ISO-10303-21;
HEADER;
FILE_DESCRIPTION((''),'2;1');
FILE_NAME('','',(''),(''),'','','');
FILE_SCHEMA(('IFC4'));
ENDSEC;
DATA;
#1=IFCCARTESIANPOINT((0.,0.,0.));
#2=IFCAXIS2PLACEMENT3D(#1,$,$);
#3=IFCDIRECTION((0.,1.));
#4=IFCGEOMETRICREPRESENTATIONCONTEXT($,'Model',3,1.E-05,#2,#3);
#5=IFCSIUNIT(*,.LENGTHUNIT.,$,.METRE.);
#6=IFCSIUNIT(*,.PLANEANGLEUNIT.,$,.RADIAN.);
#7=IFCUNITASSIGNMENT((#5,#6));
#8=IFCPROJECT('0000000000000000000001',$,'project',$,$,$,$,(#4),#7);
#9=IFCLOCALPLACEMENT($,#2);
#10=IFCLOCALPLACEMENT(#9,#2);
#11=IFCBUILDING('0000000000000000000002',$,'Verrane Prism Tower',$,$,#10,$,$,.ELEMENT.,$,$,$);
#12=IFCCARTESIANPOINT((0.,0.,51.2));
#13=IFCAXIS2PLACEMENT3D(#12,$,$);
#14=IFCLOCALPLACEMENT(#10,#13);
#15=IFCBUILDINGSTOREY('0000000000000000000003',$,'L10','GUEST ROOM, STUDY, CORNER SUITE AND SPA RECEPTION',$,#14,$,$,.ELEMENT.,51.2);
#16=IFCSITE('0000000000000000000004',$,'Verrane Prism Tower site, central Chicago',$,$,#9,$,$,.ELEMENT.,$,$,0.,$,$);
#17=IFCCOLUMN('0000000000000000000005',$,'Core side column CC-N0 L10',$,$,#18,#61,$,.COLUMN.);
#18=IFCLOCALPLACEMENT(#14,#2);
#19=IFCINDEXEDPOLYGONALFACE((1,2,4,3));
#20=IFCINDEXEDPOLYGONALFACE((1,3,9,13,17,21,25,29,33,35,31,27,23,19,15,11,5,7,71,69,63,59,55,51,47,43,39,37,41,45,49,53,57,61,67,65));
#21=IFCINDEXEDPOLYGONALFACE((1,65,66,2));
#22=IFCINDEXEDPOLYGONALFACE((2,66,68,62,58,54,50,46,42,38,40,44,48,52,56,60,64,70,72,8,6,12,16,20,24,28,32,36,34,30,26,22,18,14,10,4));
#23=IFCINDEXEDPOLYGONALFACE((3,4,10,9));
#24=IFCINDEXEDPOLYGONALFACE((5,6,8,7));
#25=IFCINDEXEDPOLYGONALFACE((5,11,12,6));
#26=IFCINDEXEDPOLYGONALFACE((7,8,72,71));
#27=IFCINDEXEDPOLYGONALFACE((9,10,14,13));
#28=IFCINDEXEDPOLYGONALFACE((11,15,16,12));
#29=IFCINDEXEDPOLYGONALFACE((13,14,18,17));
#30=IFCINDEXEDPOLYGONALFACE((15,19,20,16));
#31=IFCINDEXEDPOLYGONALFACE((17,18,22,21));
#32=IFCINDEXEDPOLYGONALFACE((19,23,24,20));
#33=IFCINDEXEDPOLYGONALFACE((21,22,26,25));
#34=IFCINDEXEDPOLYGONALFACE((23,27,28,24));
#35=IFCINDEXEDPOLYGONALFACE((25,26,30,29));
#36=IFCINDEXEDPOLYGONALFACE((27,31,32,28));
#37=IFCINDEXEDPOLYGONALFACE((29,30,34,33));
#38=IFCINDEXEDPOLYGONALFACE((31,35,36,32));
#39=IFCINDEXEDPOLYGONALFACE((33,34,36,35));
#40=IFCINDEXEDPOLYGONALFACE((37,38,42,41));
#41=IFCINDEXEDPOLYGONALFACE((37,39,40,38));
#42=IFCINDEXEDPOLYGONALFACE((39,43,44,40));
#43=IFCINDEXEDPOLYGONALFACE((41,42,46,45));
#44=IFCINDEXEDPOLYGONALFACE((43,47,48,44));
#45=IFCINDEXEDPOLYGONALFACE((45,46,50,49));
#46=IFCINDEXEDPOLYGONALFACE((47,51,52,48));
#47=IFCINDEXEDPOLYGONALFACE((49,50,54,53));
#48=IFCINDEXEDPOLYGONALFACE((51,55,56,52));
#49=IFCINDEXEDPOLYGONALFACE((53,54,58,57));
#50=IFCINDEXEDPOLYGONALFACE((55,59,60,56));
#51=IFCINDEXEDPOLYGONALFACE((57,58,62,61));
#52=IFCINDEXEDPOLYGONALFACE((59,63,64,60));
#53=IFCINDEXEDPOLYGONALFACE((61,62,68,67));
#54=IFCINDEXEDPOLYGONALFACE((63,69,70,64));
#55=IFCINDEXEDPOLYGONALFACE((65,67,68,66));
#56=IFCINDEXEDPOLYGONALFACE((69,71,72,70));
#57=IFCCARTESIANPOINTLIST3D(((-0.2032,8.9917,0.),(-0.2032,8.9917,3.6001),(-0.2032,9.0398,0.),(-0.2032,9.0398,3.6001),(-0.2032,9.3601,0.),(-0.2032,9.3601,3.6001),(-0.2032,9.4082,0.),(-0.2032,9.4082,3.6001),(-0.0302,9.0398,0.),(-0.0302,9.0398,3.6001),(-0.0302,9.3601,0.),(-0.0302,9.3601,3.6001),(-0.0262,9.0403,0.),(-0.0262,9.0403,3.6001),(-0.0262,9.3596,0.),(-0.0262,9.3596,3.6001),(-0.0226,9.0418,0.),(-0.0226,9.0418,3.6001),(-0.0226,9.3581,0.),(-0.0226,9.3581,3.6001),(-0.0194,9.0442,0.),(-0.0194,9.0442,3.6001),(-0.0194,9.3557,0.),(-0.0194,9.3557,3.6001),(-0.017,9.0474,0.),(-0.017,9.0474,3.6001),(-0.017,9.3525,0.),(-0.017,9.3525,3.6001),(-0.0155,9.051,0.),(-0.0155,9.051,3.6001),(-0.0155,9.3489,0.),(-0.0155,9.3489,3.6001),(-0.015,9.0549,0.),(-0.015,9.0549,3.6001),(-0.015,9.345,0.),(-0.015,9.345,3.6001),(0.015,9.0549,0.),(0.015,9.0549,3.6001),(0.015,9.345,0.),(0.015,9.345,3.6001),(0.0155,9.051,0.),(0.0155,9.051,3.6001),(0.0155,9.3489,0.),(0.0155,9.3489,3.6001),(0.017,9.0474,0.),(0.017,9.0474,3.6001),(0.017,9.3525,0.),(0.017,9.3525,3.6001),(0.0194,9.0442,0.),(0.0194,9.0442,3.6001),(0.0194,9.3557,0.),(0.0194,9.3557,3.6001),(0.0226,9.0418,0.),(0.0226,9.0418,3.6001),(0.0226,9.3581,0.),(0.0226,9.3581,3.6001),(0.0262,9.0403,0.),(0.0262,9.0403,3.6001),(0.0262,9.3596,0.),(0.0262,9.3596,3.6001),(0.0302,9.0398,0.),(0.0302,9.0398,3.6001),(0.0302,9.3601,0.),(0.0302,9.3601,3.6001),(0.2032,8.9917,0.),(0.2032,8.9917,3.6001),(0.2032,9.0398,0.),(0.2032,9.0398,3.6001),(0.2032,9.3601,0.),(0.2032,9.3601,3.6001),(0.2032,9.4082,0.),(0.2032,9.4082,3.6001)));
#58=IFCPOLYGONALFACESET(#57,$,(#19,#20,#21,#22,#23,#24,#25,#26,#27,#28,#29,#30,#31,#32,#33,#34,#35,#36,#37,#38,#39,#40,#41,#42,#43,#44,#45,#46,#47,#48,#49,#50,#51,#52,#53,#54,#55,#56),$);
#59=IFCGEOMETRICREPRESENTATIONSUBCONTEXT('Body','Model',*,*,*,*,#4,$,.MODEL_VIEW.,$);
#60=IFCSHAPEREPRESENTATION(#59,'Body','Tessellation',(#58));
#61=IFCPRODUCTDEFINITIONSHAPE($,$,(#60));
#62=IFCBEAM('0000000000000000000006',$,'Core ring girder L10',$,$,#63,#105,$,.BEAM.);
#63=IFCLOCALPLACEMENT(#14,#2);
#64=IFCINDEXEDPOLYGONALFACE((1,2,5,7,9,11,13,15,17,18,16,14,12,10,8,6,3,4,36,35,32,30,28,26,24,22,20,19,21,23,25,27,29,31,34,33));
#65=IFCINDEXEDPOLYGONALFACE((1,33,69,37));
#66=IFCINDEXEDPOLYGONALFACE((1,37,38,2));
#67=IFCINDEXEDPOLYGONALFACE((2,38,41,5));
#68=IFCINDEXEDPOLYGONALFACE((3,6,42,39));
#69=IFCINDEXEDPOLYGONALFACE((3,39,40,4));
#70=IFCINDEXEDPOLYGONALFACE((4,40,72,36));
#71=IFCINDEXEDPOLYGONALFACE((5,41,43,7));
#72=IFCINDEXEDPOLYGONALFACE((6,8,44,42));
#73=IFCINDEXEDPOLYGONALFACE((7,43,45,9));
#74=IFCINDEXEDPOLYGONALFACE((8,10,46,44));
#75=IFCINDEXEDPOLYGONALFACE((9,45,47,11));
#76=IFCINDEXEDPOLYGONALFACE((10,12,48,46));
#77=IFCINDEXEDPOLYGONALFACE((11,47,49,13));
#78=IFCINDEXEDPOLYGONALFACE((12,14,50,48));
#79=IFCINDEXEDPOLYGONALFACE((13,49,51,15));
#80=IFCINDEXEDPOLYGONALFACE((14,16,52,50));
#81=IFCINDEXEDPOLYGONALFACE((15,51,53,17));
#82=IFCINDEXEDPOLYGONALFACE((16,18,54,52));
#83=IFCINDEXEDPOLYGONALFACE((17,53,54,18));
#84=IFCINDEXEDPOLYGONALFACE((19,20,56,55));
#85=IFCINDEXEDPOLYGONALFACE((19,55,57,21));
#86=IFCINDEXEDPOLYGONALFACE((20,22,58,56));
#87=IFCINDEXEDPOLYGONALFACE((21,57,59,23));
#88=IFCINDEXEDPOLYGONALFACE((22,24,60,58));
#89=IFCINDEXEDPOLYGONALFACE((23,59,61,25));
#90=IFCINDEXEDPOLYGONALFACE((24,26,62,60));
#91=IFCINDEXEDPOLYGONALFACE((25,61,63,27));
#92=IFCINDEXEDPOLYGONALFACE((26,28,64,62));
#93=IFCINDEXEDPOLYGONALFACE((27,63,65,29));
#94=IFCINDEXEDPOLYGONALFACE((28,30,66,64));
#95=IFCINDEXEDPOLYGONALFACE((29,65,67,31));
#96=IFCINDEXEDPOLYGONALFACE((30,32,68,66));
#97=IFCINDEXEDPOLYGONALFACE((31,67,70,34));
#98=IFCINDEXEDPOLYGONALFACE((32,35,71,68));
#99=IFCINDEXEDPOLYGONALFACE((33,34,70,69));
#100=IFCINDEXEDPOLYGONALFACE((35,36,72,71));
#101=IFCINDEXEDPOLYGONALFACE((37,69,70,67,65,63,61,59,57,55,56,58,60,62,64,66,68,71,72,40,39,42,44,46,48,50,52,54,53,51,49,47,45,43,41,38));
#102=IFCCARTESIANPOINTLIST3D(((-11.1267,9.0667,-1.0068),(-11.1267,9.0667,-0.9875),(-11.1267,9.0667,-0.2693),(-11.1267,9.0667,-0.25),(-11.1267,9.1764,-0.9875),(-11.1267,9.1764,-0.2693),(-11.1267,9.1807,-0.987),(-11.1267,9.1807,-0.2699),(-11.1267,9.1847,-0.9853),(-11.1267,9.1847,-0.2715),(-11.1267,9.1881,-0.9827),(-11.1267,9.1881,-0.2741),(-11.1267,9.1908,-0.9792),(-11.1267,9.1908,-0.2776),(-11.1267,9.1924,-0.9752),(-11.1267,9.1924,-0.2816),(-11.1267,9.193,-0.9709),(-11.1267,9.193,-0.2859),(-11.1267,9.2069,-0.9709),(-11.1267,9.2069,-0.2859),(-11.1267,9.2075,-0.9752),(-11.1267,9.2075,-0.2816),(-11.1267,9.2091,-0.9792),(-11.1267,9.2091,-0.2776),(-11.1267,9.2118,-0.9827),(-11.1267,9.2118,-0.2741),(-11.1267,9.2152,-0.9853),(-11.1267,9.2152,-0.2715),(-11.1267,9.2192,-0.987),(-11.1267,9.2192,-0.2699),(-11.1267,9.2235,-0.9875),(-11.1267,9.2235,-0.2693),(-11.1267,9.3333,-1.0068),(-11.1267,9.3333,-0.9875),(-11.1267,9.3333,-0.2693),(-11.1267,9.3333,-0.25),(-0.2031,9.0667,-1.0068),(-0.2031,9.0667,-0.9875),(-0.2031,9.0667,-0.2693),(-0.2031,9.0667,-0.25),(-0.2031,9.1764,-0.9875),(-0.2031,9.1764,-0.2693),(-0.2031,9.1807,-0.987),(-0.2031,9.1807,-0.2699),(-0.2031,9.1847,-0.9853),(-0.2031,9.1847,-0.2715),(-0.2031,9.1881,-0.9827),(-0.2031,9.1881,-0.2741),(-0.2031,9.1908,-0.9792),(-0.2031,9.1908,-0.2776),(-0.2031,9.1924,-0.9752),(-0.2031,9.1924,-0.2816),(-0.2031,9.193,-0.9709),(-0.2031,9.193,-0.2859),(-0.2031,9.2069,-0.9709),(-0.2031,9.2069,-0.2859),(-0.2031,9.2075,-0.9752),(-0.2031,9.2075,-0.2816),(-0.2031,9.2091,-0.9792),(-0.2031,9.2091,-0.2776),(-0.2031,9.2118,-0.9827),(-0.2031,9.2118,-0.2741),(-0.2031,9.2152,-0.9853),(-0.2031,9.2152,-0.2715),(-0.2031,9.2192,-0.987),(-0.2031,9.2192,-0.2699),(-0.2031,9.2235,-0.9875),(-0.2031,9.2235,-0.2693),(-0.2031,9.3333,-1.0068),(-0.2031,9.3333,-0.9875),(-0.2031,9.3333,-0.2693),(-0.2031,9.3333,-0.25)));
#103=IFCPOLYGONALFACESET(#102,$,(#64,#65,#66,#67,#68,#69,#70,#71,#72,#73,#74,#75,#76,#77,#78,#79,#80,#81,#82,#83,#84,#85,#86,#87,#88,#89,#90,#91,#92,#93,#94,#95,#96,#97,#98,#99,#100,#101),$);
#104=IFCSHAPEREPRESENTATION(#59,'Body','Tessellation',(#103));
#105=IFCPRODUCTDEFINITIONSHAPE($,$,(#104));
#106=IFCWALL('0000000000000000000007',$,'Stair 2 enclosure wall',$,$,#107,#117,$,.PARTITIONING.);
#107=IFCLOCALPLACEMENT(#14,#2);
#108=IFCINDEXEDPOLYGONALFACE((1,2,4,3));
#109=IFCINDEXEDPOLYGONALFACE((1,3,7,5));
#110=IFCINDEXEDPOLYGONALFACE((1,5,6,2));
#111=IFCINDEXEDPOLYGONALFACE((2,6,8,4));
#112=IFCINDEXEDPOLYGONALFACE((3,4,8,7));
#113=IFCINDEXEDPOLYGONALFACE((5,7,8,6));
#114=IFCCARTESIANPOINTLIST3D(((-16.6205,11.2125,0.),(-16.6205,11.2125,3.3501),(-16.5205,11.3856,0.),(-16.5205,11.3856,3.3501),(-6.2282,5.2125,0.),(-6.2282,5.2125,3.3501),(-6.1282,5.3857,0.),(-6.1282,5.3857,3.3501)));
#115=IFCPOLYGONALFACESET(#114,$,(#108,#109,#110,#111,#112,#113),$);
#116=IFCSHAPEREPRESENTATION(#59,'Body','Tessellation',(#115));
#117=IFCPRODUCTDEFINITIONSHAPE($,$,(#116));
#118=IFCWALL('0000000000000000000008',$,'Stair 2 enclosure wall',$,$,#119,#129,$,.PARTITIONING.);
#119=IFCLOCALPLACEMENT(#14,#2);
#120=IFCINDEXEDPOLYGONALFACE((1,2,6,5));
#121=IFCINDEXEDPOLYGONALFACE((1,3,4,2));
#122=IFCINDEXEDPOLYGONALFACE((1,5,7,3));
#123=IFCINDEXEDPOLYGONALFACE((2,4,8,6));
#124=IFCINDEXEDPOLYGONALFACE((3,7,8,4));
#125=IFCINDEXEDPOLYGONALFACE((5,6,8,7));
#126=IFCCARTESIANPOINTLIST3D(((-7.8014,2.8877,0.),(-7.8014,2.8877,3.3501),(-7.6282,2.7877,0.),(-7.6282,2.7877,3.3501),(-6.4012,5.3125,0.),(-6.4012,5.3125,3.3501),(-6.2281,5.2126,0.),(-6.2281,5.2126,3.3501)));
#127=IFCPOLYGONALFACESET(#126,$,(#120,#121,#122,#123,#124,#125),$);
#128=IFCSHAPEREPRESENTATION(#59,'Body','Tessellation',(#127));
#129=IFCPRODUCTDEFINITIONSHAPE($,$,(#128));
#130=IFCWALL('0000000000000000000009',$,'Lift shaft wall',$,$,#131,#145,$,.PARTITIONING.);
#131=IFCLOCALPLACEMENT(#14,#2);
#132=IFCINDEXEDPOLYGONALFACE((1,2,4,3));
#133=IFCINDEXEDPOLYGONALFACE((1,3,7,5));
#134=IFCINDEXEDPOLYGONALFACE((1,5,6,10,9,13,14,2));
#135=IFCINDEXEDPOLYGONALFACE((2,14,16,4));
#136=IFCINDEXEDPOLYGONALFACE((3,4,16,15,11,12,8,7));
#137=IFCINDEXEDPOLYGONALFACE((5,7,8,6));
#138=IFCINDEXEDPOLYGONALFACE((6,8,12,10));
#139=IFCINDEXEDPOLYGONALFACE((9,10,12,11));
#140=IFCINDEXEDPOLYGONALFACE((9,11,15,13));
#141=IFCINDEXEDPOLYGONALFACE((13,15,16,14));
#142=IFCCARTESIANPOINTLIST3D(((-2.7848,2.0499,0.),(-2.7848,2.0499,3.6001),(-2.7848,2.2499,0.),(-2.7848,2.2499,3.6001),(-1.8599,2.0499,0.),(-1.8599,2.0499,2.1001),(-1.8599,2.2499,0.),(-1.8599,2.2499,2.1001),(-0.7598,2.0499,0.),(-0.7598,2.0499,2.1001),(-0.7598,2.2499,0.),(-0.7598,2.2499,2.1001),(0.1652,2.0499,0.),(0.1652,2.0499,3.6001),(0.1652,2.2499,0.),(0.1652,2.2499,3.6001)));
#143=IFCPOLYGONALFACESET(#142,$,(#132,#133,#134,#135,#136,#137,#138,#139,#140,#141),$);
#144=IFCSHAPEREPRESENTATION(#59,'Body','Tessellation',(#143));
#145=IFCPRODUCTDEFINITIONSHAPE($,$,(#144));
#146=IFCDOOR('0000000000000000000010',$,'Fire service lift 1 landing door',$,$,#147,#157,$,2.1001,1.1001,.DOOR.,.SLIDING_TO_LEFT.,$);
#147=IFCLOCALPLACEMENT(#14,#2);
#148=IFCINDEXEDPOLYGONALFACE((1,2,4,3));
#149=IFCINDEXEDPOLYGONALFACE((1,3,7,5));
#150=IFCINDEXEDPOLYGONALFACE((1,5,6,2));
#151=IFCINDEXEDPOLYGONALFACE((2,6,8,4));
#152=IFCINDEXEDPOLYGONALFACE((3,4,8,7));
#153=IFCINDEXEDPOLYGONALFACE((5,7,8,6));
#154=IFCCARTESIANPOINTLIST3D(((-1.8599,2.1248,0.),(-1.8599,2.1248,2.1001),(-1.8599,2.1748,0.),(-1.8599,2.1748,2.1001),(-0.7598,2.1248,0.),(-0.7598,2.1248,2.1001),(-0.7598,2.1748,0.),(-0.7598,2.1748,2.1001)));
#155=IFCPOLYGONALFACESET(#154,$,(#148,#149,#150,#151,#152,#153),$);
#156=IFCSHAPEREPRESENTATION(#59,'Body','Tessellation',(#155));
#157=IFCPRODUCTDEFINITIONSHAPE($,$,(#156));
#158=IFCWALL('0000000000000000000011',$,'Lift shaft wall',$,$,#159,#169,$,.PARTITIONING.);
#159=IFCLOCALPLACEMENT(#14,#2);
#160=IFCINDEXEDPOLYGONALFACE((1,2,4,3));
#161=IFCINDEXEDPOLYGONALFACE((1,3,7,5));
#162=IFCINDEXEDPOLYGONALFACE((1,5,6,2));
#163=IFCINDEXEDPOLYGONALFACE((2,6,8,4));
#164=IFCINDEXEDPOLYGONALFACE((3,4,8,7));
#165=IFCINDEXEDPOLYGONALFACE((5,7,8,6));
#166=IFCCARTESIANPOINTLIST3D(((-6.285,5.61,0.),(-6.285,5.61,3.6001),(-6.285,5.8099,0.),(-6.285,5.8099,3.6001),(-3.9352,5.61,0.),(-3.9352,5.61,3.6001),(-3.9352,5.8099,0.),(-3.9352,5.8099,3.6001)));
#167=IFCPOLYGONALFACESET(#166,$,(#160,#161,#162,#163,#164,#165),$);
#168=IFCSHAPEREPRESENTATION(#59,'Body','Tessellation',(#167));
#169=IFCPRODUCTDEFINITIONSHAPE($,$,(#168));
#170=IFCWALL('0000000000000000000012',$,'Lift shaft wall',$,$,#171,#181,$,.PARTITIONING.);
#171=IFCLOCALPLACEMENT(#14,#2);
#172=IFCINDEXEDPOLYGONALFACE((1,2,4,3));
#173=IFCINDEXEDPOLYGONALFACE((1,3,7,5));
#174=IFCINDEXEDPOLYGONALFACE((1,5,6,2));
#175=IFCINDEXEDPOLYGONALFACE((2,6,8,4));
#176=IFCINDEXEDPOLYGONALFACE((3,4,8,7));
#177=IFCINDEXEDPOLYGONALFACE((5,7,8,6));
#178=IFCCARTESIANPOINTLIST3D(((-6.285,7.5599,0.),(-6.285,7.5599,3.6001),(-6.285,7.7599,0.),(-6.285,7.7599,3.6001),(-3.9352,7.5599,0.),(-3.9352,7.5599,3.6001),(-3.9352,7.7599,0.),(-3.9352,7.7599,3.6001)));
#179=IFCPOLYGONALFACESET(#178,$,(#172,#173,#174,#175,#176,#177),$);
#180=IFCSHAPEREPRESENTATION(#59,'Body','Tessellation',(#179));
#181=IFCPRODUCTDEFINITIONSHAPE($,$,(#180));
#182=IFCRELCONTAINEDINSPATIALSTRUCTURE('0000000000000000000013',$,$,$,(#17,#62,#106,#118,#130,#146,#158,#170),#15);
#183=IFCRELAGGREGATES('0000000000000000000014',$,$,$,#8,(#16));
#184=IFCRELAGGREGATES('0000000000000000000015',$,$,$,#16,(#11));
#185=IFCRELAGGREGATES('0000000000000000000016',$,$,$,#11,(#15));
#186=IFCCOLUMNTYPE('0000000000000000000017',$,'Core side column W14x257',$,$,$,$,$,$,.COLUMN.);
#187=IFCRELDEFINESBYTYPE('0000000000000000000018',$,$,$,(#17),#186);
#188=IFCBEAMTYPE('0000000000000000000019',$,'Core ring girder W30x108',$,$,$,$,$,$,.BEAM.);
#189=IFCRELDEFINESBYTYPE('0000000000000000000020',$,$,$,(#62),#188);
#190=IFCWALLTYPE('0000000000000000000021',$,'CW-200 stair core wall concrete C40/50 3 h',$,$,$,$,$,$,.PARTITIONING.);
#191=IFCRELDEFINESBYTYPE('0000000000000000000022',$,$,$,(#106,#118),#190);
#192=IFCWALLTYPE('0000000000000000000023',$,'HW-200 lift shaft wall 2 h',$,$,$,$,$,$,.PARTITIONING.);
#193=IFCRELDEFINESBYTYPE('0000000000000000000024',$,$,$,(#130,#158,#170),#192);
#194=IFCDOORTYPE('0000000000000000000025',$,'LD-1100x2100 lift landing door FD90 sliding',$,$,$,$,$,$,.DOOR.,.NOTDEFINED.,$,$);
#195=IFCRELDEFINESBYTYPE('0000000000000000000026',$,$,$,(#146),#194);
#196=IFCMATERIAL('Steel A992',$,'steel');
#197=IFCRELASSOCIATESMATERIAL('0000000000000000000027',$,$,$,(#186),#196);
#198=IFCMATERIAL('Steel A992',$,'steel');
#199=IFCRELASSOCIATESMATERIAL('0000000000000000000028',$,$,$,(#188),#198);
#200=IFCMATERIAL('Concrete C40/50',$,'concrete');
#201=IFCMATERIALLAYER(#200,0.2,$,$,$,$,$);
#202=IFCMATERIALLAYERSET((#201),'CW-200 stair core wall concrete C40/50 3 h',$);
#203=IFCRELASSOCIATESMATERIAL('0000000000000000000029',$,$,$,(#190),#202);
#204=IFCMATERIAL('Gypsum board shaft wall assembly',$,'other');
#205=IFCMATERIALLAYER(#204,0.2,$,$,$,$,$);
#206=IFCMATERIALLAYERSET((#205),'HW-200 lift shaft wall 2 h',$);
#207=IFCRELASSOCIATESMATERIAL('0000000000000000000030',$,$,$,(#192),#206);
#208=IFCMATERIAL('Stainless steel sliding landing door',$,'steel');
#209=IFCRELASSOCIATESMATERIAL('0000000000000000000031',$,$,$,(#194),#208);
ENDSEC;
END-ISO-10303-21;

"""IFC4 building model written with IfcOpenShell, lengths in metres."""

from ifc_helpers import new_model, si_unit, direction, frame, frame_2d, origin, origin_2d, place, context, subcontext, project, spatial, rectangle, i_section, extrude, material, layer, layer_set, material_profile, profile_set, type_object, element, fill, save


model = new_model("IFC4")

# Units and contexts
model_context = context("Model", 3, precision=1e-05, world=origin(), true_north=direction((0.0, 1.0)))
body_context = subcontext(model_context, "Body", "Model", "MODEL_VIEW")
ifc_project = project(units=[si_unit("LENGTHUNIT", "METRE"), si_unit("PLANEANGLEUNIT", "RADIAN")], contexts=[model_context])

# Site, building, storey
site_placement = place(None, origin())
site = spatial("IfcSite", under=ifc_project, at=site_placement, Name="Verrane Prism Tower site, central Chicago", CompositionType="ELEMENT", RefElevation=0.0)
building_placement = place(site_placement, origin())
building = spatial("IfcBuilding", under=site, at=building_placement, Name="Verrane Prism Tower", CompositionType="ELEMENT")
storey_placement = place(building_placement, frame((0.0, 0.0, 51.2)))
storey = spatial("IfcBuildingStorey", under=building, at=storey_placement, Name="L10", Description="GUEST ROOM, STUDY, CORNER SUITE AND SPA RECEPTION", CompositionType="ELEMENT", Elevation=51.2)

# Column
ifc_material_1 = material(Name="Steel A992", Category="steel")
ifc_material_profile_1 = material_profile(ifc_material_1, i_section(OverallWidth=0.4065, OverallDepth=0.4165, WebThickness=0.03, FlangeThickness=0.0481, FilletRadius=0.0151, at=origin_2d()), Name="W14x257")
ifc_profile_set_1 = profile_set([ifc_material_profile_1], Name="Steel A992")
column_type = type_object("IfcColumnType", Name="Core side column W14x257", PredefinedType="COLUMN", material=ifc_profile_set_1)
column_placement = place(storey_placement, frame((0.0, 9.2, 0.0), z_axis=(0.0, 0.0, 1.0), x_axis=(1.0, 0.0, 0.0)))
element("IfcColumn", 1, at=column_placement, inside=storey, type_object=column_type, Name="Core side column CC-N0 L10", PredefinedType="COLUMN", context=body_context, shape_type="SweptSolid", body=[
    extrude(i_section(OverallWidth=0.4065, OverallDepth=0.4165, WebThickness=0.03, FlangeThickness=0.0481, FilletRadius=0.0151, at=origin_2d()), origin(), (0.0, 0.0, 1.0), 3.6001),
])

# Beam
ifc_material_2 = material(Name="Steel A992", Category="steel")
ifc_material_profile_2 = material_profile(ifc_material_2, i_section(OverallWidth=0.2666, OverallDepth=0.7568, WebThickness=0.0139, FlangeThickness=0.0193, FilletRadius=0.0166, at=origin_2d()), Name="W30x108")
ifc_profile_set_2 = profile_set([ifc_material_profile_2], Name="Steel A992")
beam_type = type_object("IfcBeamType", Name="Core ring girder W30x108", PredefinedType="BEAM", material=ifc_profile_set_2)
beam_placement = place(storey_placement, frame((-0.2031, 9.2, -0.6284), z_axis=(-1.0, 0.0, 0.0), x_axis=(0.0, -1.0, 0.0)))
element("IfcBeam", 2, at=beam_placement, inside=storey, type_object=beam_type, Name="Core ring girder L10", PredefinedType="BEAM", context=body_context, shape_type="SweptSolid", body=[
    extrude(i_section(OverallWidth=0.2666, OverallDepth=0.7568, WebThickness=0.0139, FlangeThickness=0.0193, FilletRadius=0.0166, at=origin_2d()), origin(), (0.0, 0.0, 1.0), 10.9236),
])

# Walls
ifc_material_3 = material(Name="Concrete C40/50", Category="concrete")
ifc_layer_1 = layer(ifc_material_3, 0.2)
ifc_layer_set_1 = layer_set([ifc_layer_1], Name="CW-200 stair core wall concrete C40/50 3 h")
wall_type_1 = type_object("IfcWallType", Name="CW-200 stair core wall concrete C40/50 3 h", PredefinedType="PARTITIONING", material=ifc_layer_set_1)
wall_1_placement = place(storey_placement, frame((-6.1782, 5.2991, 0.0), z_axis=(0.0, 0.0, 1.0), x_axis=(-0.866026, 0.499999, 0.0)))
element("IfcWall", 3, at=wall_1_placement, inside=storey, type_object=wall_type_1, Name="Stair 2 enclosure wall", PredefinedType="PARTITIONING", context=body_context, shape_type="SweptSolid", body=[
    extrude(rectangle(XDim=12.0, YDim=0.2, at=frame_2d((6.0, 0.0))), origin(), (0.0, 0.0, 1.0), 3.3501),
])
wall_2_placement = place(storey_placement, frame((-6.3147, 5.2625, 0.0), z_axis=(0.0, 0.0, 1.0), x_axis=(-0.50005, -0.865997, 0.0)))
element("IfcWall", 4, at=wall_2_placement, inside=storey, type_object=wall_type_1, Name="Stair 2 enclosure wall", PredefinedType="PARTITIONING", context=body_context, shape_type="SweptSolid", body=[
    extrude(rectangle(XDim=2.8, YDim=0.2, at=frame_2d((1.3999, 0.0))), origin(), (0.0, 0.0, 1.0), 3.3501),
])

# Wall, opening, door
ifc_material_4 = material(Name="Gypsum board shaft wall assembly", Category="other")
ifc_layer_2 = layer(ifc_material_4, 0.2)
ifc_layer_set_2 = layer_set([ifc_layer_2], Name="HW-200 lift shaft wall 2 h")
wall_type_2 = type_object("IfcWallType", Name="HW-200 lift shaft wall 2 h", PredefinedType="PARTITIONING", material=ifc_layer_set_2)
wall_3_placement = place(storey_placement, frame((-2.7849, 2.1499, 0.0), z_axis=(0.0, 0.0, 1.0), x_axis=(1.0, 0.0, 0.0)))
wall_3 = element("IfcWall", 5, at=wall_3_placement, inside=storey, type_object=wall_type_2, Name="Lift shaft wall", PredefinedType="PARTITIONING", context=body_context, shape_type="SweptSolid", body=[
    extrude(rectangle(XDim=2.95, YDim=0.2, at=frame_2d((1.4751, 0.0))), origin(), (0.0, 0.0, 1.0), 3.6001),
])
opening_1_placement = place(wall_3_placement, frame((0.925, 0.0, 0.0)))
opening_1 = element("IfcOpeningElement", 6, at=opening_1_placement, cuts=wall_3, PredefinedType="OPENING", context=body_context, shape_type="SweptSolid", body=[
    extrude(rectangle(XDim=1.1001, YDim=2.1001, at=frame_2d((0.55, 1.05))), frame((0.0, 0.1099, 0.0), z_axis=(0.0, -1.0, 0.0), x_axis=(1.0, 0.0, 0.0)), (0.0, 0.0, 1.0), 0.22),
])
ifc_material_5 = material(Name="Stainless steel sliding landing door", Category="steel")
door_type_1 = type_object("IfcDoorType", Name="LD-1100x2100 lift landing door FD90 sliding", OperationType="NOTDEFINED", PredefinedType="DOOR", material=ifc_material_5)
door_1_placement = place(opening_1_placement, origin())
door_1 = element("IfcDoor", 7, at=door_1_placement, inside=storey, type_object=door_type_1, Name="Fire service lift 1 landing door", OperationType="SLIDING_TO_LEFT", OverallHeight=2.1001, OverallWidth=1.1001, PredefinedType="DOOR", context=body_context, shape_type="SweptSolid", body=[
    extrude(rectangle(XDim=1.1001, YDim=2.1001, at=frame_2d((0.55, 1.05))), frame((0.0, 0.0249, 0.0), z_axis=(0.0, -1.0, 0.0), x_axis=(1.0, 0.0, 0.0)), (0.0, 0.0, 1.0), 0.05),
])
fill(opening_1, door_1)

# Walls
for number, where, z_axis, x_axis, name in (
    (8, (-6.2849, 5.71, 0.0), (0.0, 0.0, 1.0), (1.0, 0.0, 0.0), "Lift shaft wall"),
    (9, (-6.2849, 7.6599, 0.0), (0.0, 0.0, 1.0), (1.0, 0.0, 0.0), "Lift shaft wall"),
):
    element("IfcWall", number, at=place(storey_placement, frame(where, z_axis=z_axis, x_axis=x_axis)), inside=storey, type_object=wall_type_2, Name=name, PredefinedType="PARTITIONING", context=body_context, shape_type="SweptSolid", body=[
        extrude(rectangle(XDim=2.3499, YDim=0.2, at=frame_2d((1.1748, 0.0))), origin(), (0.0, 0.0, 1.0), 3.6001),
    ])

save(model, "model.ifc")
